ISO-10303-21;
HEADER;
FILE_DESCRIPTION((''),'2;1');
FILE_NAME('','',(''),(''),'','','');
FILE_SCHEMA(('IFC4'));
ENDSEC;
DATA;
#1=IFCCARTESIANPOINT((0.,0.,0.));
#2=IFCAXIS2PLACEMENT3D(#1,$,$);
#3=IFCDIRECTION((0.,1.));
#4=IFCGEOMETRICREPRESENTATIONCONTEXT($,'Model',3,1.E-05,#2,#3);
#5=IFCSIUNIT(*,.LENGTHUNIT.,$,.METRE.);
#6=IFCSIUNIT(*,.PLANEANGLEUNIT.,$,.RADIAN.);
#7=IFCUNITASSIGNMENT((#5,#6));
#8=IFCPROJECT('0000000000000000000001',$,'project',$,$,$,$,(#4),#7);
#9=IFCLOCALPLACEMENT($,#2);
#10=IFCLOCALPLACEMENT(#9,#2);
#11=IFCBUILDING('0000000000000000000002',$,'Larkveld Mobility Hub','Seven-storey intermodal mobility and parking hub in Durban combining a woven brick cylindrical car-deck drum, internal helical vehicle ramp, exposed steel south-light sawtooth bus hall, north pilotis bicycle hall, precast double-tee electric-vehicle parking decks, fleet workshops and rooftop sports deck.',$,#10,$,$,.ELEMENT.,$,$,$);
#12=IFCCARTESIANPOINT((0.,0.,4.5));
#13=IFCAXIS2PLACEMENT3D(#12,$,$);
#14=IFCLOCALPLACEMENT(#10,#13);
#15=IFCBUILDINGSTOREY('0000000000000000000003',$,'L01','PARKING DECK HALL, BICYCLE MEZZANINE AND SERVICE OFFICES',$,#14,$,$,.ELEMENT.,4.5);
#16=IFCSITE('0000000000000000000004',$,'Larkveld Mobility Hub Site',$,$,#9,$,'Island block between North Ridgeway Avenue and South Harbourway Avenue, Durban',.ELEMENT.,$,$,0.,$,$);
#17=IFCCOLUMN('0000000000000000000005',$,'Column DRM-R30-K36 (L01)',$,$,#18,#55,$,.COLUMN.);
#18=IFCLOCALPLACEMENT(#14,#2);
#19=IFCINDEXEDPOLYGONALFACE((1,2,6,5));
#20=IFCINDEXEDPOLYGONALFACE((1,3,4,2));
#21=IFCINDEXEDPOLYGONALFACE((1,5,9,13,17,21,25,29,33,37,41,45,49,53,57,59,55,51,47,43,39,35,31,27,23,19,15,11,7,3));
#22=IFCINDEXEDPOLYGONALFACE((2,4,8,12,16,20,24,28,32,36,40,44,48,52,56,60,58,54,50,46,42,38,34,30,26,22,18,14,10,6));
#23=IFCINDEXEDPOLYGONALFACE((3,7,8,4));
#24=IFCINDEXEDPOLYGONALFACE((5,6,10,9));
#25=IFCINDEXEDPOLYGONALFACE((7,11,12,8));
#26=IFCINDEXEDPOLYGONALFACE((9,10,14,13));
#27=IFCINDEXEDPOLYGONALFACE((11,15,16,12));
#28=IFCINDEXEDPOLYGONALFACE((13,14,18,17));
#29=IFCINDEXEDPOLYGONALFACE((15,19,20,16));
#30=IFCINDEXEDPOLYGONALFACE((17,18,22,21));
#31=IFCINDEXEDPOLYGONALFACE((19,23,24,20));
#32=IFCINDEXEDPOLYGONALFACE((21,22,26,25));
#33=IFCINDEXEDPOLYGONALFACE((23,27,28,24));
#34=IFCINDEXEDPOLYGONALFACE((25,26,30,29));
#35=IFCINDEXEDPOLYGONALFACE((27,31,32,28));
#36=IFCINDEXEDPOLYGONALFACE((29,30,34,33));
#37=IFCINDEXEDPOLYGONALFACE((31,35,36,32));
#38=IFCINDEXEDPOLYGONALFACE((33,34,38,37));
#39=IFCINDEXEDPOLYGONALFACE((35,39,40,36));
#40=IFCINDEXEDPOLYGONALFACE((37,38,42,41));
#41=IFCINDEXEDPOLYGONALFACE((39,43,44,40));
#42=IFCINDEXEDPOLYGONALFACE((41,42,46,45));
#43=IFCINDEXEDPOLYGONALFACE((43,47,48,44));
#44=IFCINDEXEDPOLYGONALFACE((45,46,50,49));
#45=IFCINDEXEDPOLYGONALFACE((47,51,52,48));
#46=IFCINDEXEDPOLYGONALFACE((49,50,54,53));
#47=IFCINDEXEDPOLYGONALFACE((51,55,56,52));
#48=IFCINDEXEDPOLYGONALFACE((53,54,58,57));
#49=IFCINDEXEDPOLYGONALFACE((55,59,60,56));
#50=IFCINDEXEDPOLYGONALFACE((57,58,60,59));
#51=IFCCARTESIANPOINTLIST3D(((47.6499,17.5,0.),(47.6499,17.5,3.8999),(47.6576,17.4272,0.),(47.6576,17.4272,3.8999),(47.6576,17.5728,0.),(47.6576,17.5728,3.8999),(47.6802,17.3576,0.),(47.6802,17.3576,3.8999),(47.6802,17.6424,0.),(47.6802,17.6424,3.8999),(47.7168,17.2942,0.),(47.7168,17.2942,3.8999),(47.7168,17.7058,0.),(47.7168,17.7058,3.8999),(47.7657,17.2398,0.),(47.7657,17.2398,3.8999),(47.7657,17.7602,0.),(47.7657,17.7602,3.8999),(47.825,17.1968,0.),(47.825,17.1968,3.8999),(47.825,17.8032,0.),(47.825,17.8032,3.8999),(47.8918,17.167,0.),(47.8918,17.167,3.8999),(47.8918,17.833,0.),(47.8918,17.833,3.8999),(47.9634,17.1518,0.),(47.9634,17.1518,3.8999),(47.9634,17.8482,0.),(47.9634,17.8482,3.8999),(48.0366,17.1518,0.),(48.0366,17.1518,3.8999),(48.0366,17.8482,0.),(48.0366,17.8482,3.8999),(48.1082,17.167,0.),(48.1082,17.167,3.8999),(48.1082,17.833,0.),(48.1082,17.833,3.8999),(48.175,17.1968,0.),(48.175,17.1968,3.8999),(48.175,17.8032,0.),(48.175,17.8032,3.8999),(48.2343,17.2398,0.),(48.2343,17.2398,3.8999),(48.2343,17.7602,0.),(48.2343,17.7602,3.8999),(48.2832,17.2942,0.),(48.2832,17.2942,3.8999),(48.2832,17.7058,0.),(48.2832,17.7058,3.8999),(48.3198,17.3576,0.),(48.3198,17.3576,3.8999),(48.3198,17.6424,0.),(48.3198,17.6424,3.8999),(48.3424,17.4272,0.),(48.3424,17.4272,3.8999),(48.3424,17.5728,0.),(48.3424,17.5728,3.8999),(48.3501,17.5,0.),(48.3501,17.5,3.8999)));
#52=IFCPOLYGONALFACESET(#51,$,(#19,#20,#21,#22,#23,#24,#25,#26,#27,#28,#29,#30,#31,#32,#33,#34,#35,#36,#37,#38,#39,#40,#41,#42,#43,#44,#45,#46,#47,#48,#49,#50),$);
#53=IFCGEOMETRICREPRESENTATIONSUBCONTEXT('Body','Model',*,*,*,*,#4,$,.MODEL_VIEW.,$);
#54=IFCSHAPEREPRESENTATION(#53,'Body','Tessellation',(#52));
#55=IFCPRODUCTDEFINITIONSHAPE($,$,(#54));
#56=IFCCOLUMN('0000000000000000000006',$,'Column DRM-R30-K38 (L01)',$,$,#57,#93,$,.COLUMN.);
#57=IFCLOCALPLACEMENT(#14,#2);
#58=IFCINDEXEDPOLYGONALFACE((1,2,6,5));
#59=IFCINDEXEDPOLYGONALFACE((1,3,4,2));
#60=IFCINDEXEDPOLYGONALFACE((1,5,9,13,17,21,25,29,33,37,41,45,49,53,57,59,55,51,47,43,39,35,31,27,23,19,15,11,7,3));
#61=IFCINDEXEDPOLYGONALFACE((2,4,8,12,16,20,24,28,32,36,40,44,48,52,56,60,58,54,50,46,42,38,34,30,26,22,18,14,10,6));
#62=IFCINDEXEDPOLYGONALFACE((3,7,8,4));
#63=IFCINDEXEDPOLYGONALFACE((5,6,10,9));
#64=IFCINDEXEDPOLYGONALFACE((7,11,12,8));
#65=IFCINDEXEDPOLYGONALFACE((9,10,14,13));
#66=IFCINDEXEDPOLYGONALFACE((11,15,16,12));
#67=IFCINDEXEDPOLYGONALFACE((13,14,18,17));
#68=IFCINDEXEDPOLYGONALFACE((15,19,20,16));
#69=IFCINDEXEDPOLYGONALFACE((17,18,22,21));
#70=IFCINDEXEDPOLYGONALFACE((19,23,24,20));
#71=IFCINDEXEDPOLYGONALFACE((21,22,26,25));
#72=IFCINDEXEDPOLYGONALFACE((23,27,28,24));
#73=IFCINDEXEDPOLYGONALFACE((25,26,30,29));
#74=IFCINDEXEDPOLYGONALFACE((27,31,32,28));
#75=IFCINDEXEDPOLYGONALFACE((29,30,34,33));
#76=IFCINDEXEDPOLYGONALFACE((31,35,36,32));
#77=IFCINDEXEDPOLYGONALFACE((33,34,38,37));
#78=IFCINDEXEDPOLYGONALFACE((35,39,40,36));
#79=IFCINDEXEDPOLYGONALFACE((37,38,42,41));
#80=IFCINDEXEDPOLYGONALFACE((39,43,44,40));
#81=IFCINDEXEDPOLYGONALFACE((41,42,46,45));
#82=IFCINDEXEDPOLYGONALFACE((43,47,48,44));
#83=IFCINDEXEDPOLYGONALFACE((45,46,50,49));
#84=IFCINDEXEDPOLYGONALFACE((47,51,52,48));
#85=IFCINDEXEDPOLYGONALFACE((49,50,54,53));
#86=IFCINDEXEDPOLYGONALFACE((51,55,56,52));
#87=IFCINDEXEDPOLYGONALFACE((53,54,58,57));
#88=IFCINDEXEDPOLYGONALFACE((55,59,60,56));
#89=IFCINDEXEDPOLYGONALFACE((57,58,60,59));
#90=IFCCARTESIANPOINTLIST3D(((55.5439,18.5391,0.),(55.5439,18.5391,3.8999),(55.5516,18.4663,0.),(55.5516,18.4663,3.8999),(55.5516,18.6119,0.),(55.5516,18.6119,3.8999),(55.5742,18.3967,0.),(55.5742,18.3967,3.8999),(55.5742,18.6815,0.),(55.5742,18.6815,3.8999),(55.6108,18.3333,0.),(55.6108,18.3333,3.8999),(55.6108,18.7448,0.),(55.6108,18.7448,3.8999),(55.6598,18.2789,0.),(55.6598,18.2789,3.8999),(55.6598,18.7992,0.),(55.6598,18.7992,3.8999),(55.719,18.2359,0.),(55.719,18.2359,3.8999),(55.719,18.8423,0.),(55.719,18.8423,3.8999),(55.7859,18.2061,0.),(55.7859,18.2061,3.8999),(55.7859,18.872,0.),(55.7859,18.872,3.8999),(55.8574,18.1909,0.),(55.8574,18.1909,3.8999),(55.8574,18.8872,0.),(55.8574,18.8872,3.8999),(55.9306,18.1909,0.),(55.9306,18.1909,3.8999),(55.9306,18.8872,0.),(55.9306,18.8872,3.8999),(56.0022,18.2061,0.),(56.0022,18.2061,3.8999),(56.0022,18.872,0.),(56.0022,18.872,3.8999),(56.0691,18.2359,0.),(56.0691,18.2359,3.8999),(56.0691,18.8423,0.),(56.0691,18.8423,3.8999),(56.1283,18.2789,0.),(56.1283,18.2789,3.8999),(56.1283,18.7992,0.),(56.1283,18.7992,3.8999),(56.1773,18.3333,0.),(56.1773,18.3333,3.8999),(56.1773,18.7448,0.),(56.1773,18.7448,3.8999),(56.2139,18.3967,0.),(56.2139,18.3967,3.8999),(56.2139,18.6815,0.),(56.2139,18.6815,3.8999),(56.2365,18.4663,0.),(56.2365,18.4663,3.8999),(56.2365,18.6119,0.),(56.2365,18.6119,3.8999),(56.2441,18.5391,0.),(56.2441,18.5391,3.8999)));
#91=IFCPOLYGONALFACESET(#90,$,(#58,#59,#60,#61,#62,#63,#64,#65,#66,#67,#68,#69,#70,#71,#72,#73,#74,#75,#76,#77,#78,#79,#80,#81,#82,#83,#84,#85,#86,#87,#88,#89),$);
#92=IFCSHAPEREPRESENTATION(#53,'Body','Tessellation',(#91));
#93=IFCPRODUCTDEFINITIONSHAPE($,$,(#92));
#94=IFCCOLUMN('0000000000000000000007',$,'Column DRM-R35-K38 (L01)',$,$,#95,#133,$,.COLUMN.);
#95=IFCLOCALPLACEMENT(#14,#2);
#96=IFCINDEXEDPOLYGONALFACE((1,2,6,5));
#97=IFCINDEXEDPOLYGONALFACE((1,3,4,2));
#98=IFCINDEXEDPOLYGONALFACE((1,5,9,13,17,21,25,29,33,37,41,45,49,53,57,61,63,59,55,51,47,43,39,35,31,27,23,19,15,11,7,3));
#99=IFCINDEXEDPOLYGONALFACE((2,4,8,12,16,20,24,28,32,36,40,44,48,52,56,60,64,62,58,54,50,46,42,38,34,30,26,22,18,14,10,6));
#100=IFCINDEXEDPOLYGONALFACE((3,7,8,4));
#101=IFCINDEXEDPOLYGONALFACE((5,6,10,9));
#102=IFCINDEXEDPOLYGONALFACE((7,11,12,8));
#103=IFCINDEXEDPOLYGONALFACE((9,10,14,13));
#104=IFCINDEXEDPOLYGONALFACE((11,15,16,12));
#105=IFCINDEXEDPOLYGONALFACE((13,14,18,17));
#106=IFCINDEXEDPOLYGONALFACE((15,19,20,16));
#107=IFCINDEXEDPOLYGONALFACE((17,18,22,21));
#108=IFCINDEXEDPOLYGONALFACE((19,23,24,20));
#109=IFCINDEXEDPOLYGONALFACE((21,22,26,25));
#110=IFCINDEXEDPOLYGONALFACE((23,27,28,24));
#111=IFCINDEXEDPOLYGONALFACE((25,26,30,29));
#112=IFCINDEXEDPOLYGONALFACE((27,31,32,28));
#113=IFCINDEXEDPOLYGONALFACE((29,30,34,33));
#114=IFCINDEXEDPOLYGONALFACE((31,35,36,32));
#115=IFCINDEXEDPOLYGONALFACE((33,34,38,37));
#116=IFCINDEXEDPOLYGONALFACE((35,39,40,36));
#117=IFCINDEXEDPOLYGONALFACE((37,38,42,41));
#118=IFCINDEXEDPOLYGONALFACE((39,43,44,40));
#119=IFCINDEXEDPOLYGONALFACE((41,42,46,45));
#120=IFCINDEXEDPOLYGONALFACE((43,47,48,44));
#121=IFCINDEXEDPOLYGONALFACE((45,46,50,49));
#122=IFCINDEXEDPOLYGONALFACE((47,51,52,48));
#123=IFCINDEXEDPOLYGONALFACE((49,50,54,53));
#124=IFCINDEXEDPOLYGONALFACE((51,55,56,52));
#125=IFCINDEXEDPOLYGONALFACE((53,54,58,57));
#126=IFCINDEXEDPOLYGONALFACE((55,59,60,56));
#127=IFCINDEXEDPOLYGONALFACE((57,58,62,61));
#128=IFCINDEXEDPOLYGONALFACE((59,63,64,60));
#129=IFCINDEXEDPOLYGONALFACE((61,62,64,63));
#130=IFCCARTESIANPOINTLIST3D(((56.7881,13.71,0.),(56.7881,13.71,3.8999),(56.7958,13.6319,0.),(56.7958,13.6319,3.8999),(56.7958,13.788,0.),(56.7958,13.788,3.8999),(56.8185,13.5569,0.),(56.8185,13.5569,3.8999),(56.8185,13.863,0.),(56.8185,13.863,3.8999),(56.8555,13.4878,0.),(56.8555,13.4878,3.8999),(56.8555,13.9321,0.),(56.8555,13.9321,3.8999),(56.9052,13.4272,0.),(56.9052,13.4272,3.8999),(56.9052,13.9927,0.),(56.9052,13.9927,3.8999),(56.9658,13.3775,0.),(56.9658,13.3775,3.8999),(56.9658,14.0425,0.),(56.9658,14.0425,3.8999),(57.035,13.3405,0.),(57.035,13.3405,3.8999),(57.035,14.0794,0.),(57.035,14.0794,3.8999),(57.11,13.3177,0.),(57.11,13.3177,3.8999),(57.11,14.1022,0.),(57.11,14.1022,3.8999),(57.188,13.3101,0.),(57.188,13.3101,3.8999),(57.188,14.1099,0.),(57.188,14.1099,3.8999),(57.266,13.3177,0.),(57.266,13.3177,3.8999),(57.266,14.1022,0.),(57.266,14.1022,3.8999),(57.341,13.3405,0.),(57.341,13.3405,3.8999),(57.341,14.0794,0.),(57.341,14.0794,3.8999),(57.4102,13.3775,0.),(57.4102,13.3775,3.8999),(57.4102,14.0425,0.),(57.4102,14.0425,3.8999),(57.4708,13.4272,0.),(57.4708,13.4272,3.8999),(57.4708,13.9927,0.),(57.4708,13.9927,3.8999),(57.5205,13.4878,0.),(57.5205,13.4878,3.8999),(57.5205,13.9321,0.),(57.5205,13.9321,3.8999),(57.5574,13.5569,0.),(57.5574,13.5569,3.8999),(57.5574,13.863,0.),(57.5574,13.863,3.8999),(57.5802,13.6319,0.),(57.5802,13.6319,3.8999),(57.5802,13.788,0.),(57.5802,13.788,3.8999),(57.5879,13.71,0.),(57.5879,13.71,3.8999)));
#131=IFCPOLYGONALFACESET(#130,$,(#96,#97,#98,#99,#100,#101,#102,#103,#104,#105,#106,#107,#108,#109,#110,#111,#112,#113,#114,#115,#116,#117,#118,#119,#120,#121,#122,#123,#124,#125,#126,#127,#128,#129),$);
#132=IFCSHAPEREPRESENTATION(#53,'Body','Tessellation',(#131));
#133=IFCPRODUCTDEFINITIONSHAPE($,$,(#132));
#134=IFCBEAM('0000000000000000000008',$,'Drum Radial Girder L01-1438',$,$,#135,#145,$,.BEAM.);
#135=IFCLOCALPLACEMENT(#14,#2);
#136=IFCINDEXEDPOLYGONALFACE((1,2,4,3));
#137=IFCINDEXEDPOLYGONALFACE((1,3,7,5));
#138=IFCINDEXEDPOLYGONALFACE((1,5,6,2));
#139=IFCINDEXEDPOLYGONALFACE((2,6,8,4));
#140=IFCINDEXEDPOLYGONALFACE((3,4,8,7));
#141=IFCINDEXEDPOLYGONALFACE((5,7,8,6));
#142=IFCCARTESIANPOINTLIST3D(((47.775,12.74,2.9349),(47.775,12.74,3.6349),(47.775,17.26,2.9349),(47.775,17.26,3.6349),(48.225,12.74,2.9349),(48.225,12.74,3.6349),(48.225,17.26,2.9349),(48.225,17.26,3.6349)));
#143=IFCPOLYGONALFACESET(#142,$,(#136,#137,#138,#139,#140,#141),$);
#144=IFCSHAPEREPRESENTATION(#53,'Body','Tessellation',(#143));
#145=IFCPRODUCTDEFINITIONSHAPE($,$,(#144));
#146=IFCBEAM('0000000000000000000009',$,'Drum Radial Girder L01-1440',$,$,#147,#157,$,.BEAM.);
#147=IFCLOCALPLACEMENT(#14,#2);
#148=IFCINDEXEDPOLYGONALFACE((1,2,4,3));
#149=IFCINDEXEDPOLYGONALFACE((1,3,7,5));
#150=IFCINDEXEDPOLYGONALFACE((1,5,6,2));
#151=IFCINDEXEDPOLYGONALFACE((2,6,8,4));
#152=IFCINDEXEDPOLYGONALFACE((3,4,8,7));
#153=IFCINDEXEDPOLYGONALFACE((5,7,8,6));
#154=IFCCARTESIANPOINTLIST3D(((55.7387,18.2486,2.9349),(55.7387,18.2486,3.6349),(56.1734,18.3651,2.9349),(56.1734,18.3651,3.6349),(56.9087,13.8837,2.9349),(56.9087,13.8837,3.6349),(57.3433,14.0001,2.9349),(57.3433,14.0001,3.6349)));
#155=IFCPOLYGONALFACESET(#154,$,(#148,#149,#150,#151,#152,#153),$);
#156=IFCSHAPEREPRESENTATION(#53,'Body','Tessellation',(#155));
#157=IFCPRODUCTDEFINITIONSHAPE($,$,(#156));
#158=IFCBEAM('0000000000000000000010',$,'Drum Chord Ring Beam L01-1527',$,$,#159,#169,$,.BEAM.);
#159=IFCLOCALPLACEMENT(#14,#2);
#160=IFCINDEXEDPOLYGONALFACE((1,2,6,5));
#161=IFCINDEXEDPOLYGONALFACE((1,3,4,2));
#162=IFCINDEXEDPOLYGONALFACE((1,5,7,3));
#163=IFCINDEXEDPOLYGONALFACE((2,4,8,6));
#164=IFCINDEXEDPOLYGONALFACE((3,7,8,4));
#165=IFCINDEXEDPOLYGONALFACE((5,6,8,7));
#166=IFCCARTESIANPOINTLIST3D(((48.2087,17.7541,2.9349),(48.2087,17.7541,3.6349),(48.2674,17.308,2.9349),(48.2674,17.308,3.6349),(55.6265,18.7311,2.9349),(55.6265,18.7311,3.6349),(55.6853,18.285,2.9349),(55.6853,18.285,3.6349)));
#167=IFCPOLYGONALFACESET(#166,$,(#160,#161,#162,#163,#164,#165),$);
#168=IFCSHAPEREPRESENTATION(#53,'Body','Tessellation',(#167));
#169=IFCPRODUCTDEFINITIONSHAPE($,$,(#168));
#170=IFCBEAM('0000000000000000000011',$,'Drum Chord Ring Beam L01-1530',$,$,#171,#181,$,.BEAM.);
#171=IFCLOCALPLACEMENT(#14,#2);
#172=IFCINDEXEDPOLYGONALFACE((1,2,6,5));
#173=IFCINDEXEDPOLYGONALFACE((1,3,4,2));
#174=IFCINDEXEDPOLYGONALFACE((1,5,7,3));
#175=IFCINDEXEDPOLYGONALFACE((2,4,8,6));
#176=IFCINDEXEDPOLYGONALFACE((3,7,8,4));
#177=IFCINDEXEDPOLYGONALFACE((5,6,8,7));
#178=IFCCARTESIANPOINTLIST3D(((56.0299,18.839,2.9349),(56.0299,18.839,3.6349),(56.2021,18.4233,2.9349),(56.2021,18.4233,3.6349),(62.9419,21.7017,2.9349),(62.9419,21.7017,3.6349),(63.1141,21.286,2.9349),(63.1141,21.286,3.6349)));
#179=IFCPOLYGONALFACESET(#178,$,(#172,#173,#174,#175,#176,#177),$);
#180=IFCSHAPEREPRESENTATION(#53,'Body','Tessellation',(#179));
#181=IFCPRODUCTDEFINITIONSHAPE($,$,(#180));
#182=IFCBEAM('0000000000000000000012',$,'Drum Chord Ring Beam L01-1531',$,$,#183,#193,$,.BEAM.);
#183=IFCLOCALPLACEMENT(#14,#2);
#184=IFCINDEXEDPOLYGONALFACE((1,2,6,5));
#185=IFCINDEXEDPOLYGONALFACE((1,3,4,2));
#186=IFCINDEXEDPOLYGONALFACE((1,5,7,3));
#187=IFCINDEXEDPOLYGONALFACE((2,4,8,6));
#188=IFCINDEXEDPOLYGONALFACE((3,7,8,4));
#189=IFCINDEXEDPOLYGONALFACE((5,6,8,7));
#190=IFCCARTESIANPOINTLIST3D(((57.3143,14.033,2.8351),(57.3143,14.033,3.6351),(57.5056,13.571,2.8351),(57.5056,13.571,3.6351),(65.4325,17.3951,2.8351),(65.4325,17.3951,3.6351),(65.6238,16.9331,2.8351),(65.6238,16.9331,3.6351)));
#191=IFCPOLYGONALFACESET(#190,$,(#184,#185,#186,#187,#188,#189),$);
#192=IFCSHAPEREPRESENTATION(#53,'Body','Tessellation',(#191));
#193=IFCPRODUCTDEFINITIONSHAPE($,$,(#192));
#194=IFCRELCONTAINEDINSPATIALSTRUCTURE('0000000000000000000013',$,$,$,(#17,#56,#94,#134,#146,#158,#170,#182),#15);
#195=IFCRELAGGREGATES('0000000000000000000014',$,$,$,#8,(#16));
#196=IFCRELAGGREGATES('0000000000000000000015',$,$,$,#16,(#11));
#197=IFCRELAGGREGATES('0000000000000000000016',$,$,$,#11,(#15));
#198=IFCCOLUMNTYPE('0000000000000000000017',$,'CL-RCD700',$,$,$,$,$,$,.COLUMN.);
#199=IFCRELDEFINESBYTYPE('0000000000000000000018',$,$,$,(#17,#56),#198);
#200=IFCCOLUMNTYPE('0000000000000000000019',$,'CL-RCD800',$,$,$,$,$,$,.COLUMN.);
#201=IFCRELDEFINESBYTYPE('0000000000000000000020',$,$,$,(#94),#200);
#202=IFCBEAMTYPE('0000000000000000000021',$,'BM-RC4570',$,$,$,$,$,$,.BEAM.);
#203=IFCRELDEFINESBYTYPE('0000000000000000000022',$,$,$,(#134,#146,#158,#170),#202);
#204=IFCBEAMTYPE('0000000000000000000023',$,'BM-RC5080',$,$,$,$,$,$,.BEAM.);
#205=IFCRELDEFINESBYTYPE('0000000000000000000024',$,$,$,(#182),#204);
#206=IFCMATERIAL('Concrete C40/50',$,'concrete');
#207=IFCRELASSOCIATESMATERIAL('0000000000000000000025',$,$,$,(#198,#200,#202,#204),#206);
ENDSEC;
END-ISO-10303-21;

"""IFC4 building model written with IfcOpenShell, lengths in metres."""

from ifc_helpers import new_model, si_unit, direction, frame, origin, origin_2d, place, context, subcontext, project, spatial, rectangle, circle, extrude, material, material_profile, profile_set, type_object, element, save


model = new_model("IFC4")

# Units and contexts
model_context = context("Model", 3, precision=1e-05, world=origin(), true_north=direction((0.0, 1.0)))
body_context = subcontext(model_context, "Body", "Model", "MODEL_VIEW")
ifc_project = project(units=[si_unit("LENGTHUNIT", "METRE"), si_unit("PLANEANGLEUNIT", "RADIAN")], contexts=[model_context])

# Site, building, storey
site_placement = place(None, origin())
site = spatial("IfcSite", under=ifc_project, at=site_placement, Name="Larkveld Mobility Hub Site", LongName="Island block between North Ridgeway Avenue and South Harbourway Avenue, Durban", CompositionType="ELEMENT", RefElevation=0.0)
building_placement = place(site_placement, origin())
building = spatial("IfcBuilding", under=site, at=building_placement, Name="Larkveld Mobility Hub", Description="Seven-storey intermodal mobility and parking hub in Durban combining a woven brick cylindrical car-deck drum, internal helical vehicle ramp, exposed steel south-light sawtooth bus hall, north pilotis bicycle hall, precast double-tee electric-vehicle parking decks, fleet workshops and rooftop sports deck.", CompositionType="ELEMENT")
storey_placement = place(building_placement, frame((0.0, 0.0, 4.5)))
storey = spatial("IfcBuildingStorey", under=building, at=storey_placement, Name="L01", Description="PARKING DECK HALL, BICYCLE MEZZANINE AND SERVICE OFFICES", CompositionType="ELEMENT", Elevation=4.5)

# Columns
ifc_material_1 = material(Name="Concrete C40/50", Category="concrete")
ifc_material_profile_1 = material_profile(ifc_material_1, circle(Radius=0.3501, at=origin_2d()), Name="RC COL D700")
ifc_profile_set_1 = profile_set([ifc_material_profile_1], Name="Concrete C40/50")
column_type_1 = type_object("IfcColumnType", Name="CL-RCD700", PredefinedType="COLUMN", material=ifc_profile_set_1)
for number, where, z_axis, x_axis, name in (
    (1, (48.0, 17.5, 0.0), (0.0, 0.0, 1.0), (1.0, 0.0, 0.0), "Column DRM-R30-K36 (L01)"),
    (2, (55.894, 18.5391, 0.0), (0.0, 0.0, 1.0), (1.0, 0.0, 0.0), "Column DRM-R30-K38 (L01)"),
):
    element("IfcColumn", number, at=place(storey_placement, frame(where, z_axis=z_axis, x_axis=x_axis)), inside=storey, type_object=column_type_1, Name=name, PredefinedType="COLUMN", context=body_context, shape_type="SweptSolid", body=[
        extrude(circle(Radius=0.3501, at=origin_2d()), origin(), (0.0, 0.0, 1.0), 3.8999),
    ])
ifc_material_profile_2 = material_profile(ifc_material_1, circle(Radius=0.3999, at=origin_2d()), Name="RC COL D800")
ifc_profile_set_2 = profile_set([ifc_material_profile_2], Name="Concrete C40/50")
column_type_2 = type_object("IfcColumnType", Name="CL-RCD800", PredefinedType="COLUMN", material=ifc_profile_set_2)
column_placement = place(storey_placement, frame((57.188, 13.71, 0.0), z_axis=(0.0, 0.0, 1.0), x_axis=(1.0, 0.0, 0.0)))
element("IfcColumn", 3, at=column_placement, inside=storey, type_object=column_type_2, Name="Column DRM-R35-K38 (L01)", PredefinedType="COLUMN", context=body_context, shape_type="SweptSolid", body=[
    extrude(circle(Radius=0.3999, at=origin_2d()), origin(), (0.0, 0.0, 1.0), 3.8999),
])

# Beams
ifc_material_profile_3 = material_profile(ifc_material_1, rectangle(XDim=0.45, YDim=0.7, at=origin_2d()), Name="RC BM 450x700")
ifc_profile_set_3 = profile_set([ifc_material_profile_3], Name="Concrete C40/50")
beam_type_1 = type_object("IfcBeamType", Name="BM-RC4570", PredefinedType="BEAM", material=ifc_profile_set_3)
beam_1_placement = place(storey_placement, frame((48.0, 17.26, 3.2849), z_axis=(0.0, -1.0, 0.0), x_axis=(1.0, 0.0, 0.0)))
element("IfcBeam", 4, at=beam_1_placement, inside=storey, type_object=beam_type_1, Name="Drum Radial Girder L01-1438", PredefinedType="BEAM", context=body_context, shape_type="SweptSolid", body=[
    extrude(rectangle(XDim=0.45, YDim=0.7, at=origin_2d()), origin(), (0.0, 0.0, 1.0), 4.52),
])
beam_2_placement = place(storey_placement, frame((55.9561, 18.3069, 3.2849), z_axis=(0.258886, -0.965908, 0.0), x_axis=(0.965908, 0.258886, 0.0)))
element("IfcBeam", 5, at=beam_2_placement, inside=storey, type_object=beam_type_1, Name="Drum Radial Girder L01-1440", PredefinedType="BEAM", context=body_context, shape_type="SweptSolid", body=[
    extrude(rectangle(XDim=0.45, YDim=0.7, at=origin_2d()), origin(), (0.0, 0.0, 1.0), 4.519),
])
beam_3_placement = place(storey_placement, frame((48.238, 17.531, 3.2849), z_axis=(0.991437, 0.130586, 0.0), x_axis=(-0.130586, 0.991437, 0.0)))
element("IfcBeam", 6, at=beam_3_placement, inside=storey, type_object=beam_type_1, Name="Drum Chord Ring Beam L01-1527", PredefinedType="BEAM", context=body_context, shape_type="SweptSolid", body=[
    extrude(rectangle(XDim=0.45, YDim=0.7, at=origin_2d()), origin(), (0.0, 0.0, 1.0), 7.4819),
])
beam_4_placement = place(storey_placement, frame((56.116, 18.6311, 3.2849), z_axis=(0.923894, 0.38265, 0.0), x_axis=(-0.38265, 0.923894, 0.0)))
element("IfcBeam", 7, at=beam_4_placement, inside=storey, type_object=beam_type_1, Name="Drum Chord Ring Beam L01-1530", PredefinedType="BEAM", context=body_context, shape_type="SweptSolid", body=[
    extrude(rectangle(XDim=0.45, YDim=0.7, at=origin_2d()), origin(), (0.0, 0.0, 1.0), 7.4814),
])
ifc_material_profile_4 = material_profile(ifc_material_1, rectangle(XDim=0.5, YDim=0.8, at=origin_2d()), Name="RC BM 500x800")
ifc_profile_set_4 = profile_set([ifc_material_profile_4], Name="Concrete C40/50")
beam_type_2 = type_object("IfcBeamType", Name="BM-RC5080", PredefinedType="BEAM", material=ifc_profile_set_4)
beam_5_placement = place(storey_placement, frame((57.4099, 13.802, 3.2351), z_axis=(0.923903, 0.382626, 0.0), x_axis=(-0.382626, 0.923903, 0.0)))
element("IfcBeam", 8, at=beam_5_placement, inside=storey, type_object=beam_type_2, Name="Drum Chord Ring Beam L01-1531", PredefinedType="BEAM", context=body_context, shape_type="SweptSolid", body=[
    extrude(rectangle(XDim=0.5, YDim=0.8, at=origin_2d()), origin(), (0.0, 0.0, 1.0), 8.7869),
])

save(model, "model.ifc")
